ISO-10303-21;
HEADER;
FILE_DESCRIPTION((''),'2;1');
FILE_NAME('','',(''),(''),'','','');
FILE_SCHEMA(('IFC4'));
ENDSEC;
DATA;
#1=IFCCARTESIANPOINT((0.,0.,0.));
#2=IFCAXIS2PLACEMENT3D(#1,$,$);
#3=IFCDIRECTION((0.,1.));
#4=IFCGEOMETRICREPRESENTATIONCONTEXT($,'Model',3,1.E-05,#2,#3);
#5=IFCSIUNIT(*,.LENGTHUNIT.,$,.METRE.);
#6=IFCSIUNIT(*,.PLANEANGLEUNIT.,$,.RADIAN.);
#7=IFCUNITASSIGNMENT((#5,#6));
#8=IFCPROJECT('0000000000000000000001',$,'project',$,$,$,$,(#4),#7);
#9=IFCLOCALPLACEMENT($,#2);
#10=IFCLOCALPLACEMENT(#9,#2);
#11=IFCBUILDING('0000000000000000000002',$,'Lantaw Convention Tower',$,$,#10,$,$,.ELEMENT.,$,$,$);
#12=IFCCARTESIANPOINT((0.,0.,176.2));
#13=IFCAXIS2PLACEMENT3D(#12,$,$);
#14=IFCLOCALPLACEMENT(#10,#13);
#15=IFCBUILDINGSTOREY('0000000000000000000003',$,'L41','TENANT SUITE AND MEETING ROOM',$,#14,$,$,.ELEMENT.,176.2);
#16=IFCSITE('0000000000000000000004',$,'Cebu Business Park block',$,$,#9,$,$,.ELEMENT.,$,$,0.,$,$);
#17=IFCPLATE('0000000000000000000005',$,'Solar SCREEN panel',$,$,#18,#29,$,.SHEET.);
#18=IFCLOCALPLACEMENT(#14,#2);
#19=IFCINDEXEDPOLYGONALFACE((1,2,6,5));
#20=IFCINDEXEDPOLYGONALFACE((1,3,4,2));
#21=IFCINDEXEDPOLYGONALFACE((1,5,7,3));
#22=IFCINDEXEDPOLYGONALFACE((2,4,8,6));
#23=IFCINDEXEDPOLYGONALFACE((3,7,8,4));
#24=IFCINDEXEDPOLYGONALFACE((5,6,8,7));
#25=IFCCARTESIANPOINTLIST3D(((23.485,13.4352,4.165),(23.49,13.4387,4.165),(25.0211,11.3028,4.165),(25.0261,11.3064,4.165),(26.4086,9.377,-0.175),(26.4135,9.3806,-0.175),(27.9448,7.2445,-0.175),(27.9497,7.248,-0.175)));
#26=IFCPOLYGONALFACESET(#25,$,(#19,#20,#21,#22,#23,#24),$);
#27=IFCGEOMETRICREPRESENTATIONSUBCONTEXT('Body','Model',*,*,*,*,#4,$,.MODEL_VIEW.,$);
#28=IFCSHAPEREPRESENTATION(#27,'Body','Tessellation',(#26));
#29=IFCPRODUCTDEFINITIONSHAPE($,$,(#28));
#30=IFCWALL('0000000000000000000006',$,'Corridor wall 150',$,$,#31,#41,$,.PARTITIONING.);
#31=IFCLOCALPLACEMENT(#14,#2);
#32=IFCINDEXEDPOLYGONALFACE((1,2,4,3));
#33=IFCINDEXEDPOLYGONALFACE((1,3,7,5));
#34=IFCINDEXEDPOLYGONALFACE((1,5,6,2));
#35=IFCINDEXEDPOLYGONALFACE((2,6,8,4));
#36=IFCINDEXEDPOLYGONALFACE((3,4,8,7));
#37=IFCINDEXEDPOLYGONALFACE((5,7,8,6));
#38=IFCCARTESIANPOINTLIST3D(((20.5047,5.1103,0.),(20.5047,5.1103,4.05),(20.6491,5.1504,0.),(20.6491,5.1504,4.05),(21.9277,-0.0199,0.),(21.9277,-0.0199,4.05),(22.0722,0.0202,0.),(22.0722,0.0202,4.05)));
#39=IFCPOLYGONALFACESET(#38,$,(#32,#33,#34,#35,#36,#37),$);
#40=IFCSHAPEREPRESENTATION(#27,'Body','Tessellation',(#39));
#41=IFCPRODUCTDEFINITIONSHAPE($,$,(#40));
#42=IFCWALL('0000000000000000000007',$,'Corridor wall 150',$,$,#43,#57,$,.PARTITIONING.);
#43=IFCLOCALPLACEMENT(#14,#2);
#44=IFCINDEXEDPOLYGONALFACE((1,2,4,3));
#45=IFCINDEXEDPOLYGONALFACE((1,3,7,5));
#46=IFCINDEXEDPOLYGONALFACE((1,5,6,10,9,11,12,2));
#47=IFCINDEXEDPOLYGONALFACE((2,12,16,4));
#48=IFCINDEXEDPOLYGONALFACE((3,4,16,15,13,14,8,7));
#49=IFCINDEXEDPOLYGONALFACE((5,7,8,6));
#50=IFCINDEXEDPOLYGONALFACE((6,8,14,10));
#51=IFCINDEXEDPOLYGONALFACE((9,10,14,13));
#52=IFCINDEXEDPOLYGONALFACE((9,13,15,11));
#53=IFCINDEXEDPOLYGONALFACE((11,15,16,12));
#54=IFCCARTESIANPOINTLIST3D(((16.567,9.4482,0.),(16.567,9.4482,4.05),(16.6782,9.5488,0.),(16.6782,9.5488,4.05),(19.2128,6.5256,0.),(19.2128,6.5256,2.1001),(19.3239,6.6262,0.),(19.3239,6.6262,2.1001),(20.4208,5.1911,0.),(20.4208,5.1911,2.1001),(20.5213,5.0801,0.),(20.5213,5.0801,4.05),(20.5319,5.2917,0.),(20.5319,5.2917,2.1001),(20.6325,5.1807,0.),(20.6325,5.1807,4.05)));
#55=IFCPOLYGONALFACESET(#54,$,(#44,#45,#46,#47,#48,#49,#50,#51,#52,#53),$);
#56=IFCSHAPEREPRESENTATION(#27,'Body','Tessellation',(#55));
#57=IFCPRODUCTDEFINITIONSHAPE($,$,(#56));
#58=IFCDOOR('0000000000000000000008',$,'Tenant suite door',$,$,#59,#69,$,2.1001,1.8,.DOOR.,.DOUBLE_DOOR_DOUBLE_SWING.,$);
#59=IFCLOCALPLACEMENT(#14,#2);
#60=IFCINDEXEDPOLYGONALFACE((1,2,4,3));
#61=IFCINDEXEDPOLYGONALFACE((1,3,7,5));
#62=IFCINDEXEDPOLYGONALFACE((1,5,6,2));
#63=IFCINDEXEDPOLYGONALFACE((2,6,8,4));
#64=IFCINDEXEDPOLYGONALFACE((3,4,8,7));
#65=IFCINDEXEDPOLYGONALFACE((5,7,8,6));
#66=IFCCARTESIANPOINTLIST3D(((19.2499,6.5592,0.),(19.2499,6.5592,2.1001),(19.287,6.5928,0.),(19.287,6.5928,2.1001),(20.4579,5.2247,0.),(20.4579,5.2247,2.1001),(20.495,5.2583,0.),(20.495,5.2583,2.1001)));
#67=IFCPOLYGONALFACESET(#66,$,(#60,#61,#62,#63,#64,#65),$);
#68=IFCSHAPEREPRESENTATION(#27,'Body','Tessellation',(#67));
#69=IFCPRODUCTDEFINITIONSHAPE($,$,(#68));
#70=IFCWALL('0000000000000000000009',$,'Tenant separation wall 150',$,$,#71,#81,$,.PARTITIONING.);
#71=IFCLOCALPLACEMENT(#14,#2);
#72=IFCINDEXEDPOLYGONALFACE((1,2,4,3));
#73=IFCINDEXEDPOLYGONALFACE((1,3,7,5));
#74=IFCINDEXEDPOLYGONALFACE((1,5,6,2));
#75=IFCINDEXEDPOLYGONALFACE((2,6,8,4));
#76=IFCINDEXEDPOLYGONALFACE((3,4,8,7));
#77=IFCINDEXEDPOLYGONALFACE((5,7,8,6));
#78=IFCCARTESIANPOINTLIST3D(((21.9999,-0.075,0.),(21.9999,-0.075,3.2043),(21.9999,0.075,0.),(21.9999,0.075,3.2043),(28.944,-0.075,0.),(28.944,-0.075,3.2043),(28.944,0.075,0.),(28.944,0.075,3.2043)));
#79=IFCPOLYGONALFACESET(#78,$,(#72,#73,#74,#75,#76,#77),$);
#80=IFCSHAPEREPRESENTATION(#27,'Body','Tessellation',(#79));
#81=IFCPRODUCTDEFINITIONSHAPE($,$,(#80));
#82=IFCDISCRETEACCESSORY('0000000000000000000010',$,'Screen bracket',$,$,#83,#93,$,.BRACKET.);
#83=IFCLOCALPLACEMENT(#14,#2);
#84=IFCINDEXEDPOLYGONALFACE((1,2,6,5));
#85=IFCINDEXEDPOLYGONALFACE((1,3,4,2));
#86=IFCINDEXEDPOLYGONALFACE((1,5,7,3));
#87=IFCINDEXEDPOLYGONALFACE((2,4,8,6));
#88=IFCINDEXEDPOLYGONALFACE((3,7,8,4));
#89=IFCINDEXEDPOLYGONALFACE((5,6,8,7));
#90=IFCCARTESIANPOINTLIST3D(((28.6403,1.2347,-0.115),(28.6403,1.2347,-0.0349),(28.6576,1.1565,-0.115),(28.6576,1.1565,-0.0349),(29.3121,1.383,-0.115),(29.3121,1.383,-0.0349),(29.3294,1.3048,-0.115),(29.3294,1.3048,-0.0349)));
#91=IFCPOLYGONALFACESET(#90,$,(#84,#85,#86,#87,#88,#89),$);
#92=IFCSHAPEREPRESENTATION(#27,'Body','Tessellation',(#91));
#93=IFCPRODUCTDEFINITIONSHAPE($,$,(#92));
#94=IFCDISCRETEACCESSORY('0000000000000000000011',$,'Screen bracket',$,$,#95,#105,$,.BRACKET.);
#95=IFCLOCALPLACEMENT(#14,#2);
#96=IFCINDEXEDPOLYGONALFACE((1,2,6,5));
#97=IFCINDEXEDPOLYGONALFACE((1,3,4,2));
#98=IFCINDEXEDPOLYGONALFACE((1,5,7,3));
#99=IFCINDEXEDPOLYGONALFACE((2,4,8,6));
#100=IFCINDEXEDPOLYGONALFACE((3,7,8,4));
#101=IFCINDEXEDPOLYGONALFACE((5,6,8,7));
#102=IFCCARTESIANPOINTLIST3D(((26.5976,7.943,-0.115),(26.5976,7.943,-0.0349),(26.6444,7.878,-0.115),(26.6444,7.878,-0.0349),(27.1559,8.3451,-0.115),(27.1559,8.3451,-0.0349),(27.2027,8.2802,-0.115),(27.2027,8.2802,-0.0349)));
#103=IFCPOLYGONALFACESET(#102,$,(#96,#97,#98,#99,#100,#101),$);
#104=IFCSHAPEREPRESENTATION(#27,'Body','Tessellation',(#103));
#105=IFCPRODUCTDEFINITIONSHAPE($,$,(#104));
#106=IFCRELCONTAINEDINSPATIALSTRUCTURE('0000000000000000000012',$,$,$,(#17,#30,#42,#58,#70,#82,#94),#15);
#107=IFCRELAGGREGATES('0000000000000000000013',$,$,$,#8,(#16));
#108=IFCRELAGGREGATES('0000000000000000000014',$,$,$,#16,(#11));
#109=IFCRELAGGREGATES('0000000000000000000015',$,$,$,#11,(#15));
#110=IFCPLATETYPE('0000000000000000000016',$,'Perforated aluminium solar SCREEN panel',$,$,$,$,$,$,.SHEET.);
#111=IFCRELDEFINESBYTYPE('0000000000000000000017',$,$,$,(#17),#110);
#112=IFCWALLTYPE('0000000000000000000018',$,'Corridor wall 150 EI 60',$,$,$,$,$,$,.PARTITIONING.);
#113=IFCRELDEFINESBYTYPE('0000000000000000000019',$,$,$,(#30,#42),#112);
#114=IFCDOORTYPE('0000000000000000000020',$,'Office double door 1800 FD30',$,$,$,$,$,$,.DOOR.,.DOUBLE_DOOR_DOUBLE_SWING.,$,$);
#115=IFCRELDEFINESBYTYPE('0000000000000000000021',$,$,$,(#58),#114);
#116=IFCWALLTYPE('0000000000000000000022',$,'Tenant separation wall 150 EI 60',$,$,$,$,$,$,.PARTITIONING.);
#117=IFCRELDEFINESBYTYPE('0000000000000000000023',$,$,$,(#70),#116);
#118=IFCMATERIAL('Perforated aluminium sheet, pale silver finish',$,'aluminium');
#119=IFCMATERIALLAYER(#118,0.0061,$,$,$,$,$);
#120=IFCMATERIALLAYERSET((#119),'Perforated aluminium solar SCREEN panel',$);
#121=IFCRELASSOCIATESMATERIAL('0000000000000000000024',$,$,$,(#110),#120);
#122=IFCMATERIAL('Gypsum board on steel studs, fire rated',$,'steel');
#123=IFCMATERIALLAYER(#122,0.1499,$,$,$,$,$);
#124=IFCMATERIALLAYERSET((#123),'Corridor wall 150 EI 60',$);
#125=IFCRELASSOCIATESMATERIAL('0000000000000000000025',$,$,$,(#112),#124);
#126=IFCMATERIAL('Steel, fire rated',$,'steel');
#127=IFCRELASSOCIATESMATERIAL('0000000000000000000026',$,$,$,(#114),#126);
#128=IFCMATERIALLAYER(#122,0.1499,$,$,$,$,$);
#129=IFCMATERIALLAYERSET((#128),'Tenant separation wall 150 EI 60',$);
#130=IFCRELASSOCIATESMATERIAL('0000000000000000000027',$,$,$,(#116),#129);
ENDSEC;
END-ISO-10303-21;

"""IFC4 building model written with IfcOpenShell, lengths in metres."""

from ifc_helpers import new_model, si_unit, direction, frame, frame_2d, origin, origin_2d, place, context, subcontext, project, spatial, polyline, rectangle, outline, extrude, material, layer, layer_set, type_object, element, fill, save


model = new_model("IFC4")

# Units and contexts
model_context = context("Model", 3, precision=1e-05, world=origin(), true_north=direction((0.0, 1.0)))
body_context = subcontext(model_context, "Body", "Model", "MODEL_VIEW")
ifc_project = project(units=[si_unit("LENGTHUNIT", "METRE"), si_unit("PLANEANGLEUNIT", "RADIAN")], contexts=[model_context])

# Site, building, storey
site_placement = place(None, origin())
site = spatial("IfcSite", under=ifc_project, at=site_placement, Name="Cebu Business Park block", CompositionType="ELEMENT", RefElevation=0.0)
building_placement = place(site_placement, origin())
building = spatial("IfcBuilding", under=site, at=building_placement, Name="Lantaw Convention Tower", CompositionType="ELEMENT")
storey_placement = place(building_placement, frame((0.0, 0.0, 176.2)))
storey = spatial("IfcBuildingStorey", under=building, at=storey_placement, Name="L41", Description="TENANT SUITE AND MEETING ROOM", CompositionType="ELEMENT", Elevation=176.2)

# Plate
ifc_material_1 = material(Name="Perforated aluminium sheet, pale silver finish", Category="aluminium")
ifc_layer_1 = layer(ifc_material_1, 0.0061)
ifc_layer_set_1 = layer_set([ifc_layer_1], Name="Perforated aluminium solar SCREEN panel")
plate_type_1 = type_object("IfcPlateType", Name="Perforated aluminium solar SCREEN panel", PredefinedType="SHEET", material=ifc_layer_set_1)
plate_1_placement = place(storey_placement, frame((27.9497, 7.248, -0.175), z_axis=(0.811395, 0.584498, 0.000036), x_axis=(-0.584498, 0.811395, 0.0)))
element("IfcPlate", 1, at=plate_1_placement, inside=storey, type_object=plate_type_1, Name="Solar SCREEN panel", PredefinedType="SHEET", context=body_context, shape_type="SweptSolid", body=[
    extrude(outline(polyline([(0.0, 0.0), (2.6282, 0.0), (7.6298, 4.3401), (5.0018, 4.3401), (0.0, 0.0)])), origin(), (0.0, 0.0, -1.0), 0.0061),
])

# Wall
ifc_material_2 = material(Name="Gypsum board on steel studs, fire rated", Category="steel")
ifc_layer_2 = layer(ifc_material_2, 0.1499)
ifc_layer_set_2 = layer_set([ifc_layer_2], Name="Corridor wall 150 EI 60")
wall_type_1 = type_object("IfcWallType", Name="Corridor wall 150 EI 60", PredefinedType="PARTITIONING", material=ifc_layer_set_2)
wall_1_placement = place(storey_placement, frame((22.0, 0.0, 0.0), z_axis=(0.0, 0.0, 1.0), x_axis=(-0.267294, 0.963615, 0.0)))
element("IfcWall", 2, at=wall_1_placement, inside=storey, type_object=wall_type_1, Name="Corridor wall 150", PredefinedType="PARTITIONING", context=body_context, shape_type="SweptSolid", body=[
    extrude(rectangle(XDim=5.324, YDim=0.1499, at=frame_2d((2.6621, 0.0))), origin(), (0.0, 0.0, 1.0), 4.05),
])

# Wall, opening, door
wall_2_placement = place(storey_placement, frame((20.5769, 5.1304, 0.0), z_axis=(0.0, 0.0, 1.0), x_axis=(-0.671118, 0.74135, 0.0)))
wall_2 = element("IfcWall", 3, at=wall_2_placement, inside=storey, type_object=wall_type_1, Name="Corridor wall 150", PredefinedType="PARTITIONING", context=body_context, shape_type="SweptSolid", body=[
    extrude(rectangle(XDim=5.8921, YDim=0.1499, at=frame_2d((2.946, 0.0))), origin(), (0.0, 0.0, 1.0), 4.05),
])
opening_placement = place(wall_2_placement, frame((0.1499, 0.0, 0.0)))
opening = element("IfcOpeningElement", 4, at=opening_placement, cuts=wall_2, PredefinedType="OPENING", context=body_context, shape_type="SweptSolid", body=[
    extrude(rectangle(XDim=1.8, YDim=2.1001, at=frame_2d((0.8999, 1.05))), frame((0.0, 0.085, 0.0), z_axis=(0.0, -1.0, 0.0), x_axis=(1.0, 0.0, 0.0)), (0.0, 0.0, 1.0), 0.1699),
])
ifc_material_3 = material(Name="Steel, fire rated", Category="steel")
door_type = type_object("IfcDoorType", Name="Office double door 1800 FD30", OperationType="DOUBLE_DOOR_DOUBLE_SWING", PredefinedType="DOOR", material=ifc_material_3)
door_placement = place(opening_placement, origin())
door = element("IfcDoor", 5, at=door_placement, inside=storey, type_object=door_type, Name="Tenant suite door", OperationType="DOUBLE_DOOR_DOUBLE_SWING", OverallHeight=2.1001, OverallWidth=1.8, PredefinedType="DOOR", context=body_context, shape_type="SweptSolid", body=[
    extrude(rectangle(XDim=1.8, YDim=2.1001, at=frame_2d((0.8999, 1.05))), frame((0.0, 0.0249, 0.0), z_axis=(0.0, -1.0, 0.0), x_axis=(1.0, 0.0, 0.0)), (0.0, 0.0, 1.0), 0.05),
])
fill(opening, door)

# Wall
ifc_layer_3 = layer(ifc_material_2, 0.1499)
ifc_layer_set_3 = layer_set([ifc_layer_3], Name="Tenant separation wall 150 EI 60")
wall_type_2 = type_object("IfcWallType", Name="Tenant separation wall 150 EI 60", PredefinedType="PARTITIONING", material=ifc_layer_set_3)
wall_3_placement = place(storey_placement, frame((28.9441, 0.0, 0.0), z_axis=(0.0, 0.0, 1.0), x_axis=(-1.0, 0.0, 0.0)))
element("IfcWall", 6, at=wall_3_placement, inside=storey, type_object=wall_type_2, Name="Tenant separation wall 150", PredefinedType="PARTITIONING", context=body_context, shape_type="SweptSolid", body=[
    extrude(rectangle(XDim=6.9441, YDim=0.1499, at=frame_2d((3.4722, 0.0))), origin(), (0.0, 0.0, 1.0), 3.2043),
])

# Discrete accessories
for number, where, z_axis, x_axis, name in (
    (7, (28.9849, 1.2698, -0.115), (0.0, 0.0, 1.0), (-0.215546, 0.976494, 0.0), "Screen bracket"),
    (8, (26.9001, 8.1116, -0.115), (0.0, 0.0, 1.0), (-0.584513, 0.811385, 0.0), "Screen bracket"),
):
    element("IfcDiscreteAccessory", number, at=place(storey_placement, frame(where, z_axis=z_axis, x_axis=x_axis)), inside=storey, Name=name, PredefinedType="BRACKET", context=body_context, shape_type="SweptSolid", body=[
        extrude(rectangle(XDim=0.0801, YDim=0.688, at=origin_2d()), origin(), (0.0, 0.0, 1.0), 0.0801),
    ])

save(model, "model.ifc")
